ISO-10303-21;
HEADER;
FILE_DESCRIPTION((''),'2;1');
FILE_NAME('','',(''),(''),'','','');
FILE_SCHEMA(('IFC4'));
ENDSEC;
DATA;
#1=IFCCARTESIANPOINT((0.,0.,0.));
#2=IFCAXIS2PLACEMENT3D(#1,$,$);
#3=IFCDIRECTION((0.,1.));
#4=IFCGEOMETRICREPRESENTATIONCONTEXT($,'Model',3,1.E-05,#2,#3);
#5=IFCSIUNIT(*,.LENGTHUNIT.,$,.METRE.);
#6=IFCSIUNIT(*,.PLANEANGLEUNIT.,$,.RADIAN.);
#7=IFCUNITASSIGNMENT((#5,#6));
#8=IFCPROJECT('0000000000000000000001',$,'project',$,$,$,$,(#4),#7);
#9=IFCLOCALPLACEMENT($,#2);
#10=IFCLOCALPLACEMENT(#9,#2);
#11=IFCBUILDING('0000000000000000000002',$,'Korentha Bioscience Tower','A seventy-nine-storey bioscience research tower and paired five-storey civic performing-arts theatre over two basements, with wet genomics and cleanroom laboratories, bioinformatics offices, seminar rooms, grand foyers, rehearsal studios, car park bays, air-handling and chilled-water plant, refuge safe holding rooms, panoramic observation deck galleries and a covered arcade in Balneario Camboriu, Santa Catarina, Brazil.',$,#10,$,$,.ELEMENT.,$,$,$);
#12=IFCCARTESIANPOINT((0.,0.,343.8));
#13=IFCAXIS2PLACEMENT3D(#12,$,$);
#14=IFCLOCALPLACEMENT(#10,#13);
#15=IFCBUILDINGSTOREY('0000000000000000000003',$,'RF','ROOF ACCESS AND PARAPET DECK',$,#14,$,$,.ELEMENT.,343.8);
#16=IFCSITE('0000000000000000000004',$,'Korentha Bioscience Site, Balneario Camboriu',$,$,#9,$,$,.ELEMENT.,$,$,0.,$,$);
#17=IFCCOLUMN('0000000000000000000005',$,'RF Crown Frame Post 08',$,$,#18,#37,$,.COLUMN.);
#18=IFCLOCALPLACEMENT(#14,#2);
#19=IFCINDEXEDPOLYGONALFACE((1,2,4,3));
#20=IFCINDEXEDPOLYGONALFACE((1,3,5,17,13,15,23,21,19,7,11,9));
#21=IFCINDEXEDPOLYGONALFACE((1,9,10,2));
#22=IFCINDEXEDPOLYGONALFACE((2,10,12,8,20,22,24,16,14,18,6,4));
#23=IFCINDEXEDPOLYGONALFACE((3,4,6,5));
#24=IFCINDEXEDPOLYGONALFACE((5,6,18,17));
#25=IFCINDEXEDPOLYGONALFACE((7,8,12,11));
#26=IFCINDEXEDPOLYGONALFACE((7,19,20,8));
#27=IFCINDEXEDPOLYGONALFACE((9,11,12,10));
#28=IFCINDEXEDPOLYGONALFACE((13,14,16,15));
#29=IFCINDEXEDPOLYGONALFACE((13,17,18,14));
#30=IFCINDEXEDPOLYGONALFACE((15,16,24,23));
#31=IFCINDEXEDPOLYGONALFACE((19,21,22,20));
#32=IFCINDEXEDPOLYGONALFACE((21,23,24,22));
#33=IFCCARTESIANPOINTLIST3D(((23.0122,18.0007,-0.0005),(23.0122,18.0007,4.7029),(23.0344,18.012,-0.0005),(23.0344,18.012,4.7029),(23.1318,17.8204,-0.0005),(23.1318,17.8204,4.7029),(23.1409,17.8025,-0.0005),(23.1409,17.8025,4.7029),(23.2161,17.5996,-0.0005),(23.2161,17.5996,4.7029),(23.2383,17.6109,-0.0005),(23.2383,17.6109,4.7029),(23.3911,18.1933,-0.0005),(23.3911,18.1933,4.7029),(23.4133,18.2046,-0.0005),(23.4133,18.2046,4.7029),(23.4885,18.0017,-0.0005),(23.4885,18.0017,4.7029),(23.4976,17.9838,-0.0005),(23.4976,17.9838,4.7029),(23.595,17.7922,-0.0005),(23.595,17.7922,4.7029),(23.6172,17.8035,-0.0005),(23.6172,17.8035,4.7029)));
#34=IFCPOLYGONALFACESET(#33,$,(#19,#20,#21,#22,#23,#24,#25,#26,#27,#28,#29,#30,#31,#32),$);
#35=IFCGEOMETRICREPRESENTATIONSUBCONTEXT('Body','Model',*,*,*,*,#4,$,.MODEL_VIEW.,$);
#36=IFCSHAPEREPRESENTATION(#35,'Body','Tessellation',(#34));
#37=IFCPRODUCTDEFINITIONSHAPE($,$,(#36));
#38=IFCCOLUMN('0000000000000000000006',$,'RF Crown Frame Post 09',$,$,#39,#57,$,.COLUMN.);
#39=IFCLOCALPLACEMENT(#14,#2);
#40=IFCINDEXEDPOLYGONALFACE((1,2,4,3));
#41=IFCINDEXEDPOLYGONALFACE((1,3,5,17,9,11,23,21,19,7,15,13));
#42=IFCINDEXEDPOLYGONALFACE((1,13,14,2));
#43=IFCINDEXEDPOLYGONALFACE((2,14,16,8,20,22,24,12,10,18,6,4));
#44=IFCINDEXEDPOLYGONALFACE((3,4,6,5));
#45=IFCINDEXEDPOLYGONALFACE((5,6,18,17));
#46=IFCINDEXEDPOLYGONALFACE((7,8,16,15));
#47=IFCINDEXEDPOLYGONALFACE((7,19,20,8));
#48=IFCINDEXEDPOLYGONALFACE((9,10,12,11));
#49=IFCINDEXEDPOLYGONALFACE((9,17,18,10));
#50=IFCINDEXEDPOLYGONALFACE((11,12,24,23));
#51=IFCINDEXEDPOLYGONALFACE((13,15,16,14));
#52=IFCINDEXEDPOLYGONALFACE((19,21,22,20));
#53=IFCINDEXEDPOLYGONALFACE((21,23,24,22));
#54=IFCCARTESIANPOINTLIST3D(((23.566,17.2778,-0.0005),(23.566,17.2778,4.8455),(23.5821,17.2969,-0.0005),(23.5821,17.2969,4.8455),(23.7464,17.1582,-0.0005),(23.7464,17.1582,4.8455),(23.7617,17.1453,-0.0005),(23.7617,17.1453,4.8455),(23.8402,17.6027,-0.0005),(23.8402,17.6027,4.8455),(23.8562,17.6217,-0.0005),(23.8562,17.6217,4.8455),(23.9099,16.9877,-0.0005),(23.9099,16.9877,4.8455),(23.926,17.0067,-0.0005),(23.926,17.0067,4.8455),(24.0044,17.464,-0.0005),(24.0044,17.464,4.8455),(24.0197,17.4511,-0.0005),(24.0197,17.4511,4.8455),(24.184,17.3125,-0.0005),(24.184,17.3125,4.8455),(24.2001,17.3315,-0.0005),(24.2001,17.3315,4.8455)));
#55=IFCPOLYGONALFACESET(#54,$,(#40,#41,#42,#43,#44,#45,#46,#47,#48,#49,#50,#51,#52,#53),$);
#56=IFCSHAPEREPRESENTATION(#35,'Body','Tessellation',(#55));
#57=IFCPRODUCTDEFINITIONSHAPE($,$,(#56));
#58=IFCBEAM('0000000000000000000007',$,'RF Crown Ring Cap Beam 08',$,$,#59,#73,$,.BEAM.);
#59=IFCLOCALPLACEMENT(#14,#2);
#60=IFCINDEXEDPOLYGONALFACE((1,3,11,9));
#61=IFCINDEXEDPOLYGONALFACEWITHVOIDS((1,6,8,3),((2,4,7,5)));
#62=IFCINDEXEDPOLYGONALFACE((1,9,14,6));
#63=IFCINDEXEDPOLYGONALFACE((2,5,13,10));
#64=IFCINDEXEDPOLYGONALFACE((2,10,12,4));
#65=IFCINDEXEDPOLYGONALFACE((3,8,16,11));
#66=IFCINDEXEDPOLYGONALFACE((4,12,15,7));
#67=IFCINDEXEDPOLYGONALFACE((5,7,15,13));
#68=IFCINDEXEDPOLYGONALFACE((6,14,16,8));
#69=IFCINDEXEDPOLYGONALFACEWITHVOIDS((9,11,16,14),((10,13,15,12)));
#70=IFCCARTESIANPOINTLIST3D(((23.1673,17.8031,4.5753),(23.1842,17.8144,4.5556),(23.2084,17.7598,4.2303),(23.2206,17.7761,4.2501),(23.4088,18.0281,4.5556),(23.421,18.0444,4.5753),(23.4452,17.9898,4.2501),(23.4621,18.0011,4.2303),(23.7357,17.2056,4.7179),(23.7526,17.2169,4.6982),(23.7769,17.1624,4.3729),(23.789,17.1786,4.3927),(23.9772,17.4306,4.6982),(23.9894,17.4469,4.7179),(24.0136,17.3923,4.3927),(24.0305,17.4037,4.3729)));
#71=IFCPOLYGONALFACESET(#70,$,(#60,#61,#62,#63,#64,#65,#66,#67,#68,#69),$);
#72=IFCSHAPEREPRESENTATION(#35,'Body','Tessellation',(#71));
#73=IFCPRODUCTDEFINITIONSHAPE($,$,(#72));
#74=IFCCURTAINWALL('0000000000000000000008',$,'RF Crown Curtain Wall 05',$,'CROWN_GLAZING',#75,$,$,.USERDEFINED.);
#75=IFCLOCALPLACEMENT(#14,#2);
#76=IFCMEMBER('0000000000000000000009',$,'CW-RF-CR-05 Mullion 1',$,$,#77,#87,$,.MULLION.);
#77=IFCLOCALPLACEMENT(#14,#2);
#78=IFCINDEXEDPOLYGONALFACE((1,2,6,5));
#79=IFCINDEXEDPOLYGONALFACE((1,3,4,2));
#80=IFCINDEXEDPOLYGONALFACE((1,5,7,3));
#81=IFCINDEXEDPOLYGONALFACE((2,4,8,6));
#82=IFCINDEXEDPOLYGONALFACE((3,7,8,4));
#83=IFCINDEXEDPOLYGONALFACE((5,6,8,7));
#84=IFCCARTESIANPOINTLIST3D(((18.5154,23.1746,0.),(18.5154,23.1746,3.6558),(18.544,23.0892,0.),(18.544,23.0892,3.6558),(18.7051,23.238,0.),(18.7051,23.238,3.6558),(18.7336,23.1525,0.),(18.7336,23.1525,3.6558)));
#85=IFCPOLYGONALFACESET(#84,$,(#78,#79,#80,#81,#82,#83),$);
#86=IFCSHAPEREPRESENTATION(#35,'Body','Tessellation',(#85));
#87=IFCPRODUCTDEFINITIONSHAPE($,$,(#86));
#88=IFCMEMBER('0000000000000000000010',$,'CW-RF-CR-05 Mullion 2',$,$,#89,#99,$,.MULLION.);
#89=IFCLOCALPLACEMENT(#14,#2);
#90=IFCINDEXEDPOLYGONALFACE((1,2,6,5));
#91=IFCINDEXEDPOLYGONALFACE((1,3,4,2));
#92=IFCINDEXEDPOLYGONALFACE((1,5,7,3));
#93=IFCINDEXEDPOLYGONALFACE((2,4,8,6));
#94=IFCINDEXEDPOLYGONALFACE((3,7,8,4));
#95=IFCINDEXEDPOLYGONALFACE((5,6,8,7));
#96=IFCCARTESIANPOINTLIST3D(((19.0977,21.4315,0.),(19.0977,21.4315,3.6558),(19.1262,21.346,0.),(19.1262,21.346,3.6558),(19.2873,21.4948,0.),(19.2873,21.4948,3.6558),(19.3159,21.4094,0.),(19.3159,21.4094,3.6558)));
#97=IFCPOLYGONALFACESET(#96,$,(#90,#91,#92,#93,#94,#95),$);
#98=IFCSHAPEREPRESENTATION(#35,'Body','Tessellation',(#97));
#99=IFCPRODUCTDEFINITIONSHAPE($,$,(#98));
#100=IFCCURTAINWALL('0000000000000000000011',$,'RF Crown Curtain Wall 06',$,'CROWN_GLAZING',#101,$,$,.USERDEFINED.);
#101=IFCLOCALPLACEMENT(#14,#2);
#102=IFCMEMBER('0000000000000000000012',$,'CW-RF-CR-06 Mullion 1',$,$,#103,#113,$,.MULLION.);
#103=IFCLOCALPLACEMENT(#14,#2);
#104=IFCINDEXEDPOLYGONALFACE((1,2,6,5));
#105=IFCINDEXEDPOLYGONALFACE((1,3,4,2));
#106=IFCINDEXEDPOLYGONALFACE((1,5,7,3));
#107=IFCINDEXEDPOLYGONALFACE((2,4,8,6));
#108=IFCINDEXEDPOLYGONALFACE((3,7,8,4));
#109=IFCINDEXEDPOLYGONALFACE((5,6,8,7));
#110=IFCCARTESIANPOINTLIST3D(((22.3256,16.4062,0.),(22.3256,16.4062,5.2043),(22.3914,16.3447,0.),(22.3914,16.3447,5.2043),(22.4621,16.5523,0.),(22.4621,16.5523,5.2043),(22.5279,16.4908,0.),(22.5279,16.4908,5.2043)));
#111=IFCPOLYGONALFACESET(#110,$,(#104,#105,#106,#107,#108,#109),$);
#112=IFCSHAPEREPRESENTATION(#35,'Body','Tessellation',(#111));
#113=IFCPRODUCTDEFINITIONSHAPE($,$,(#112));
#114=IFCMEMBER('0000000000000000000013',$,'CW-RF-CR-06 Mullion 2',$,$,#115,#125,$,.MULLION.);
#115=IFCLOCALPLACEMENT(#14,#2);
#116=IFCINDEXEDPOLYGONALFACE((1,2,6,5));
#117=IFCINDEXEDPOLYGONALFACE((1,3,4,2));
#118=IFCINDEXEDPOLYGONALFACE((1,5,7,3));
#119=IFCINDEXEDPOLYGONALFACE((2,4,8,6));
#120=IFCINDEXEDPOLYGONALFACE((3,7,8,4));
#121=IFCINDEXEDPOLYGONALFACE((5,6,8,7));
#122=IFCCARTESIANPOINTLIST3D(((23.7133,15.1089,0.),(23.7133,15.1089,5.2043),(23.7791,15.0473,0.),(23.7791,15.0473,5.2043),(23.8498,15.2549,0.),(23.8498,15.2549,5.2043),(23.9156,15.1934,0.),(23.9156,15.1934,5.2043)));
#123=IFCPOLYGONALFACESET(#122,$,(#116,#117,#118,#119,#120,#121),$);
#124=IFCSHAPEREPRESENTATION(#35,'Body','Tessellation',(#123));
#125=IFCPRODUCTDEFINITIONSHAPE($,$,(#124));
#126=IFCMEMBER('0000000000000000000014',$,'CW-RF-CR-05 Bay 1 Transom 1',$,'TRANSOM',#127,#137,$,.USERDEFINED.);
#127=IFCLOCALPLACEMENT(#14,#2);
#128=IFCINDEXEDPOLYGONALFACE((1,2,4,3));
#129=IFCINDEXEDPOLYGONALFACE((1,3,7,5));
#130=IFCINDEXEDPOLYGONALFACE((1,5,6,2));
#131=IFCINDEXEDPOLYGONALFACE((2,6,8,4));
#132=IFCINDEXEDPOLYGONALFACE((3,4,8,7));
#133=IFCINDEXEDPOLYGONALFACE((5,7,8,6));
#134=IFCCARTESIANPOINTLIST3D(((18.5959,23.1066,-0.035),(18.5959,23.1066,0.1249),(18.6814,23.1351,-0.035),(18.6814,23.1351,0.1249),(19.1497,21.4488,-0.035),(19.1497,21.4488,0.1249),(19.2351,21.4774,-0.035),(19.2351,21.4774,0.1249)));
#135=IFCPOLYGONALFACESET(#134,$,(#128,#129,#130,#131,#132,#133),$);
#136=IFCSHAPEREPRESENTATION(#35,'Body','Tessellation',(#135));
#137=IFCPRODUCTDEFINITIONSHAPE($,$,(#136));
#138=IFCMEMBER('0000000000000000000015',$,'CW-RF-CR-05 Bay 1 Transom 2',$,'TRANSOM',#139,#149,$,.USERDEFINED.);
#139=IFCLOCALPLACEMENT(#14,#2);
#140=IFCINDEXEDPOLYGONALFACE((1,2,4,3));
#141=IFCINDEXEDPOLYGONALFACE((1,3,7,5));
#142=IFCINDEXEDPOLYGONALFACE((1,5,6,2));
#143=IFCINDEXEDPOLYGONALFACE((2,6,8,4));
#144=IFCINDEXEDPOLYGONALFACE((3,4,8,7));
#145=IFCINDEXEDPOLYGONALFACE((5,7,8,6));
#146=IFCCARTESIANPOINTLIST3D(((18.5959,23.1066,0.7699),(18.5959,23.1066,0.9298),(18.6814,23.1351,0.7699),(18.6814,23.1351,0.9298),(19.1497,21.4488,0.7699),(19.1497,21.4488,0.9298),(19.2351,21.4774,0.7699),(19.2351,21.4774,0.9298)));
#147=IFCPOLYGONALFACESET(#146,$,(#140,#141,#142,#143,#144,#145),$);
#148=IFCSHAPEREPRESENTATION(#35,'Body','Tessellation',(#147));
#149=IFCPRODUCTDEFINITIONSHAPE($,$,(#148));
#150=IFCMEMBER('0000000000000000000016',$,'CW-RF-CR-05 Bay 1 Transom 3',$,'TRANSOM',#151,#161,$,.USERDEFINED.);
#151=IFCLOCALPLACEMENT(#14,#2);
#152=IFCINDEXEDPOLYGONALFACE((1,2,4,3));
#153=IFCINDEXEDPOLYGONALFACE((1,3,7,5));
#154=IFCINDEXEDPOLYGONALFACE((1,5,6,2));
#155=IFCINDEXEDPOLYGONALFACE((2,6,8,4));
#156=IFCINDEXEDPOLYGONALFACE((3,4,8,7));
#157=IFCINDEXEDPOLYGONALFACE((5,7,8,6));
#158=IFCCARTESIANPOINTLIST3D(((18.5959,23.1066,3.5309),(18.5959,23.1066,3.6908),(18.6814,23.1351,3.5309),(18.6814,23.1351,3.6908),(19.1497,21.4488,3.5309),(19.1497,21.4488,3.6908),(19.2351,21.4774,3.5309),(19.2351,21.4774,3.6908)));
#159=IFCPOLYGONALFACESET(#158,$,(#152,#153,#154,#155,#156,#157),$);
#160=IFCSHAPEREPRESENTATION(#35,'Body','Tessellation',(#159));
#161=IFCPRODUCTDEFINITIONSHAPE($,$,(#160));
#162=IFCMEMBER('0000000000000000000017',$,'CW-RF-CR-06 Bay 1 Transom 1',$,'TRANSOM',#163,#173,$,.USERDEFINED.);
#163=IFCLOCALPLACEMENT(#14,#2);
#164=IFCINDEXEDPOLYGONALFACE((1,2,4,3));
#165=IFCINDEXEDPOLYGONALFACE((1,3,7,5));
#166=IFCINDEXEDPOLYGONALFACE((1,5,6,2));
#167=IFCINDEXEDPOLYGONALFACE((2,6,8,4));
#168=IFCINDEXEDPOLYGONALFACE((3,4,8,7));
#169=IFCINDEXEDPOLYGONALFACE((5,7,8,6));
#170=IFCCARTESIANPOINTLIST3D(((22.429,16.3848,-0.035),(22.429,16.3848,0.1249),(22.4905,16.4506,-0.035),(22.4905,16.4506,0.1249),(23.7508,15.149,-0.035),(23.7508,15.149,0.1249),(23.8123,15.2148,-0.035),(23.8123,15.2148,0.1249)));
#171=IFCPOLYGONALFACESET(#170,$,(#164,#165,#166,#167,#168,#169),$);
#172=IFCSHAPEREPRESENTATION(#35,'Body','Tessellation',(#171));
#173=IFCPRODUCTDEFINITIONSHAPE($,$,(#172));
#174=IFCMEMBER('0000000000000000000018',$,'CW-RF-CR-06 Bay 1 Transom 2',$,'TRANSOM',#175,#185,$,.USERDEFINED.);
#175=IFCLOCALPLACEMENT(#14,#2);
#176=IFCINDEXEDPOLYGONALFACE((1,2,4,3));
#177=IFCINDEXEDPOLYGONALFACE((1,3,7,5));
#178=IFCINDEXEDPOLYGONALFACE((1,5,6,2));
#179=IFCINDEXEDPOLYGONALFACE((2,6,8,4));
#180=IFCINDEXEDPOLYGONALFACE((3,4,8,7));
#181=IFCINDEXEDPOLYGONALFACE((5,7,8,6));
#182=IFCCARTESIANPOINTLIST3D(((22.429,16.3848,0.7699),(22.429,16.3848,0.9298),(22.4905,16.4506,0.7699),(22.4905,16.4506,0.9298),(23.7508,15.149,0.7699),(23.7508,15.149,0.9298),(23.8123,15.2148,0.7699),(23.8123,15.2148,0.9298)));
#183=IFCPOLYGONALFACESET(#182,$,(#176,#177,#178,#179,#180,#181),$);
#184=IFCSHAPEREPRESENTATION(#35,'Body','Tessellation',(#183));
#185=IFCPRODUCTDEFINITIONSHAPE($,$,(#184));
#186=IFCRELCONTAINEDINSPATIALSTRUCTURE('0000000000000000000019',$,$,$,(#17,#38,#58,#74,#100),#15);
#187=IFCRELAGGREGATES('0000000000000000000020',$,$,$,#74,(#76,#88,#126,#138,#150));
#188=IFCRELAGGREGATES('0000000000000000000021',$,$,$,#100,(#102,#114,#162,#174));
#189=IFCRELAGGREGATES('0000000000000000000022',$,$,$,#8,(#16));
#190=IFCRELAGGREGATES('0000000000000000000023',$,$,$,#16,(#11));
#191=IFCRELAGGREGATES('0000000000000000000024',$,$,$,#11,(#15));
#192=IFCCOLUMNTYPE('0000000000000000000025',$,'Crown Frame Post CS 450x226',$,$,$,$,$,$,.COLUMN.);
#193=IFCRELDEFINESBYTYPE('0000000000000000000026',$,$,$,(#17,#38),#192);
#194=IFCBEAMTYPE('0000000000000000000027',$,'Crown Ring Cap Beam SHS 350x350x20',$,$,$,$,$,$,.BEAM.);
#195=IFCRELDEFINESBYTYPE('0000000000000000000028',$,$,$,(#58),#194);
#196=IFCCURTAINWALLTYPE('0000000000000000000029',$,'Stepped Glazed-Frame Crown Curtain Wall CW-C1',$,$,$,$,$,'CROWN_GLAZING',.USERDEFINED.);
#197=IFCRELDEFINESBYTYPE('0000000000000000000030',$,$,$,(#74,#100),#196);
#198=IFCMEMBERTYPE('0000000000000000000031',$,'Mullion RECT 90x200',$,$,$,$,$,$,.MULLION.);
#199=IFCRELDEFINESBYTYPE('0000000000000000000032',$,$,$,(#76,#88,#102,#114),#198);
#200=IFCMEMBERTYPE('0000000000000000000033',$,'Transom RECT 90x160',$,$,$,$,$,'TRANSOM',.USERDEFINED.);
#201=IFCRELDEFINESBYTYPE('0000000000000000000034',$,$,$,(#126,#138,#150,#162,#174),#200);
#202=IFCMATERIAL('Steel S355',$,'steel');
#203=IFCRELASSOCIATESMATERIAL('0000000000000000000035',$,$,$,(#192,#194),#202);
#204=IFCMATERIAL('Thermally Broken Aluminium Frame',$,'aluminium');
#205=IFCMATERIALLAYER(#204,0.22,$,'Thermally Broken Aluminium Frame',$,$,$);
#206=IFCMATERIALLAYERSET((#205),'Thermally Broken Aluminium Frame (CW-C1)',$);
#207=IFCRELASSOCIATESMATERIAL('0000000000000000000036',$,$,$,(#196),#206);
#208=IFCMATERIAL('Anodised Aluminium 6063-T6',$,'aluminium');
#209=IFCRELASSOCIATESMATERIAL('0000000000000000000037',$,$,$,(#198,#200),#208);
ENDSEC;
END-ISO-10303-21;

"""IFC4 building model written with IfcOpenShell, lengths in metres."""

from ifc_helpers import new_model, si_unit, direction, frame, origin, origin_2d, place, context, subcontext, project, spatial, rectangle, hollow_rectangle, i_section, extrude, material, layer, layer_set, material_profile, profile_set, type_object, element, aggregate, save


model = new_model("IFC4")

# Units and contexts
model_context = context("Model", 3, precision=1e-05, world=origin(), true_north=direction((0.0, 1.0)))
body_context = subcontext(model_context, "Body", "Model", "MODEL_VIEW")
ifc_project = project(units=[si_unit("LENGTHUNIT", "METRE"), si_unit("PLANEANGLEUNIT", "RADIAN")], contexts=[model_context])

# Site, building, storey
site_placement = place(None, origin())
site = spatial("IfcSite", under=ifc_project, at=site_placement, Name="Korentha Bioscience Site, Balneario Camboriu", CompositionType="ELEMENT", RefElevation=0.0)
building_placement = place(site_placement, origin())
building = spatial("IfcBuilding", under=site, at=building_placement, Name="Korentha Bioscience Tower", Description="A seventy-nine-storey bioscience research tower and paired five-storey civic performing-arts theatre over two basements, with wet genomics and cleanroom laboratories, bioinformatics offices, seminar rooms, grand foyers, rehearsal studios, car park bays, air-handling and chilled-water plant, refuge safe holding rooms, panoramic observation deck galleries and a covered arcade in Balneario Camboriu, Santa Catarina, Brazil.", CompositionType="ELEMENT")
storey_placement = place(building_placement, frame((0.0, 0.0, 343.8)))
storey = spatial("IfcBuildingStorey", under=building, at=storey_placement, Name="RF", Description="ROOF ACCESS AND PARAPET DECK", CompositionType="ELEMENT", Elevation=343.8)

# Columns
ifc_material_1 = material(Name="Steel S355", Category="steel")
ifc_material_profile_1 = material_profile(ifc_material_1, i_section(OverallWidth=0.45, OverallDepth=0.45, WebThickness=0.02, FlangeThickness=0.0249, at=origin_2d()), Name="Steel S355")
ifc_profile_set_1 = profile_set([ifc_material_profile_1], Name="Steel S355 (CF-C1)")
column_type = type_object("IfcColumnType", Name="Crown Frame Post CS 450x226", PredefinedType="COLUMN", material=ifc_profile_set_1)
column_1_placement = place(storey_placement, frame((23.3147, 17.9021, -0.0005), z_axis=(0.0, 0.0, 1.0), x_axis=(-0.453057, 0.891481, 0.0)))
element("IfcColumn", 1, at=column_1_placement, inside=storey, type_object=column_type, Name="RF Crown Frame Post 08", PredefinedType="COLUMN", context=body_context, shape_type="SweptSolid", body=[
    extrude(i_section(OverallWidth=0.45, OverallDepth=0.45, WebThickness=0.02, FlangeThickness=0.0249, at=origin_2d()), origin(), (0.0, 0.0, 1.0), 4.7034),
])
column_2_placement = place(storey_placement, frame((23.8831, 17.3047, -0.0005), z_axis=(0.0, 0.0, 1.0), x_axis=(-0.764246, 0.644924, 0.0)))
element("IfcColumn", 2, at=column_2_placement, inside=storey, type_object=column_type, Name="RF Crown Frame Post 09", PredefinedType="COLUMN", context=body_context, shape_type="SweptSolid", body=[
    extrude(i_section(OverallWidth=0.45, OverallDepth=0.45, WebThickness=0.02, FlangeThickness=0.0249, at=origin_2d()), origin(), (0.0, 0.0, 1.0), 4.8459),
])

# Beam
ifc_material_profile_2 = material_profile(ifc_material_1, hollow_rectangle(XDim=0.3501, YDim=0.3501, WallThickness=0.02, at=origin_2d()), Name="Steel S355")
ifc_profile_set_2 = profile_set([ifc_material_profile_2], Name="Steel S355 (CF-RB1)")
beam_type = type_object("IfcBeamType", Name="Crown Ring Cap Beam SHS 350x350x20", PredefinedType="BEAM", material=ifc_profile_set_2)
beam_placement = place(storey_placement, frame((23.3147, 17.9021, 4.4028), z_axis=(0.679192, -0.71391, 0.170382), x_axis=(0.724504, 0.689271, 0.0)))
element("IfcBeam", 3, at=beam_placement, inside=storey, type_object=beam_type, Name="RF Crown Ring Cap Beam 08", PredefinedType="BEAM", context=body_context, shape_type="SweptSolid", body=[
    extrude(hollow_rectangle(XDim=0.3501, YDim=0.3501, WallThickness=0.02, at=origin_2d()), origin(), (0.0, 0.0, 1.0), 0.8369),
])

# Curtain walls, members
ifc_material_2 = material(Name="Thermally Broken Aluminium Frame", Category="aluminium")
ifc_layer_1 = layer(ifc_material_2, 0.22, Name="Thermally Broken Aluminium Frame")
ifc_layer_set_1 = layer_set([ifc_layer_1], Name="Thermally Broken Aluminium Frame (CW-C1)")
curtain_wall_type = type_object("IfcCurtainWallType", Name="Stepped Glazed-Frame Crown Curtain Wall CW-C1", ElementType="CROWN_GLAZING", PredefinedType="USERDEFINED", material=ifc_layer_set_1)
curtain_wall_1_placement = place(storey_placement, origin())
curtain_wall_1 = element("IfcCurtainWall", 4, at=curtain_wall_1_placement, inside=storey, type_object=curtain_wall_type, Name="RF Crown Curtain Wall 05", ObjectType="CROWN_GLAZING", PredefinedType="USERDEFINED")
ifc_material_3 = material(Name="Anodised Aluminium 6063-T6", Category="aluminium")
ifc_material_profile_3 = material_profile(ifc_material_3, rectangle(XDim=0.0901, YDim=0.2, at=origin_2d()), Name="Anodised Aluminium 6063-T6")
ifc_profile_set_3 = profile_set([ifc_material_profile_3], Name="Anodised Aluminium 6063-T6 (CW-MUL)")
member_type_1 = type_object("IfcMemberType", Name="Mullion RECT 90x200", PredefinedType="MULLION", material=ifc_profile_set_3)
member_1_placement = place(storey_placement, frame((18.6245, 23.1636, 0.0), z_axis=(0.0, 0.0, 1.0), x_axis=(0.316897, -0.94846, 0.0)))
member_1 = element("IfcMember", 5, at=member_1_placement, type_object=member_type_1, Name="CW-RF-CR-05 Mullion 1", PredefinedType="MULLION", context=body_context, shape_type="SweptSolid", body=[
    extrude(rectangle(XDim=0.0901, YDim=0.2, at=origin_2d()), origin(), (0.0, 0.0, 1.0), 3.6558),
])
member_2_placement = place(storey_placement, frame((19.2068, 21.4204, 0.0), z_axis=(0.0, 0.0, 1.0), x_axis=(0.316897, -0.94846, 0.0)))
member_2 = element("IfcMember", 6, at=member_2_placement, type_object=member_type_1, Name="CW-RF-CR-05 Mullion 2", PredefinedType="MULLION", context=body_context, shape_type="SweptSolid", body=[
    extrude(rectangle(XDim=0.0901, YDim=0.2, at=origin_2d()), origin(), (0.0, 0.0, 1.0), 3.6558),
])
curtain_wall_2_placement = place(storey_placement, origin())
curtain_wall_2 = element("IfcCurtainWall", 7, at=curtain_wall_2_placement, inside=storey, type_object=curtain_wall_type, Name="RF Crown Curtain Wall 06", ObjectType="CROWN_GLAZING", PredefinedType="USERDEFINED")
member_3_placement = place(storey_placement, frame((22.4268, 16.4485, 0.0), z_axis=(0.0, 0.0, 1.0), x_axis=(0.730505, -0.682907, 0.0)))
member_3 = element("IfcMember", 8, at=member_3_placement, type_object=member_type_1, Name="CW-RF-CR-06 Mullion 1", PredefinedType="MULLION", context=body_context, shape_type="SweptSolid", body=[
    extrude(rectangle(XDim=0.0901, YDim=0.2, at=origin_2d()), origin(), (0.0, 0.0, 1.0), 5.2043),
])
member_4_placement = place(storey_placement, frame((23.8145, 15.1511, 0.0), z_axis=(0.0, 0.0, 1.0), x_axis=(0.730505, -0.682907, 0.0)))
member_4 = element("IfcMember", 9, at=member_4_placement, type_object=member_type_1, Name="CW-RF-CR-06 Mullion 2", PredefinedType="MULLION", context=body_context, shape_type="SweptSolid", body=[
    extrude(rectangle(XDim=0.0901, YDim=0.2, at=origin_2d()), origin(), (0.0, 0.0, 1.0), 5.2043),
])

# Members
ifc_material_profile_4 = material_profile(ifc_material_3, rectangle(XDim=0.0901, YDim=0.1599, at=origin_2d()), Name="Anodised Aluminium 6063-T6")
ifc_profile_set_4 = profile_set([ifc_material_profile_4], Name="Anodised Aluminium 6063-T6 (CW-TRN)")
member_type_2 = type_object("IfcMemberType", Name="Transom RECT 90x160", ElementType="TRANSOM", PredefinedType="USERDEFINED", material=ifc_profile_set_4)
member_5_placement = place(storey_placement, frame((18.6387, 23.1208, 0.0449), z_axis=(0.316814, -0.948488, 0.0), x_axis=(0.948488, 0.316814, 0.0)))
member_5 = element("IfcMember", 10, at=member_5_placement, type_object=member_type_2, Name="CW-RF-CR-05 Bay 1 Transom 1", ObjectType="TRANSOM", PredefinedType="USERDEFINED", context=body_context, shape_type="SweptSolid", body=[
    extrude(rectangle(XDim=0.0901, YDim=0.1599, at=origin_2d()), origin(), (0.0, 0.0, 1.0), 1.7478),
])
member_6_placement = place(storey_placement, frame((18.6387, 23.1208, 0.8499), z_axis=(0.316814, -0.948488, 0.0), x_axis=(0.948488, 0.316814, 0.0)))
member_6 = element("IfcMember", 11, at=member_6_placement, type_object=member_type_2, Name="CW-RF-CR-05 Bay 1 Transom 2", ObjectType="TRANSOM", PredefinedType="USERDEFINED", context=body_context, shape_type="SweptSolid", body=[
    extrude(rectangle(XDim=0.0901, YDim=0.1599, at=origin_2d()), origin(), (0.0, 0.0, 1.0), 1.7478),
])
member_7_placement = place(storey_placement, frame((18.6387, 23.1208, 3.6108), z_axis=(0.316814, -0.948488, 0.0), x_axis=(0.948488, 0.316814, 0.0)))
member_7 = element("IfcMember", 12, at=member_7_placement, type_object=member_type_2, Name="CW-RF-CR-05 Bay 1 Transom 3", ObjectType="TRANSOM", PredefinedType="USERDEFINED", context=body_context, shape_type="SweptSolid", body=[
    extrude(rectangle(XDim=0.0901, YDim=0.1599, at=origin_2d()), origin(), (0.0, 0.0, 1.0), 1.7478),
])
member_8_placement = place(storey_placement, frame((22.4597, 16.4177, 0.0449), z_axis=(0.730454, -0.682962, 0.0), x_axis=(0.682962, 0.730454, 0.0)))
member_8 = element("IfcMember", 13, at=member_8_placement, type_object=member_type_2, Name="CW-RF-CR-06 Bay 1 Transom 1", ObjectType="TRANSOM", PredefinedType="USERDEFINED", context=body_context, shape_type="SweptSolid", body=[
    extrude(rectangle(XDim=0.0901, YDim=0.1599, at=origin_2d()), origin(), (0.0, 0.0, 1.0), 1.8096),
])
member_9_placement = place(storey_placement, frame((22.4597, 16.4177, 0.8499), z_axis=(0.730454, -0.682962, 0.0), x_axis=(0.682962, 0.730454, 0.0)))
member_9 = element("IfcMember", 14, at=member_9_placement, type_object=member_type_2, Name="CW-RF-CR-06 Bay 1 Transom 2", ObjectType="TRANSOM", PredefinedType="USERDEFINED", context=body_context, shape_type="SweptSolid", body=[
    extrude(rectangle(XDim=0.0901, YDim=0.1599, at=origin_2d()), origin(), (0.0, 0.0, 1.0), 1.8096),
])

aggregate(curtain_wall_1, [member_1, member_2, member_5, member_6, member_7])
aggregate(curtain_wall_2, [member_3, member_4, member_8, member_9])

save(model, "model.ifc")
